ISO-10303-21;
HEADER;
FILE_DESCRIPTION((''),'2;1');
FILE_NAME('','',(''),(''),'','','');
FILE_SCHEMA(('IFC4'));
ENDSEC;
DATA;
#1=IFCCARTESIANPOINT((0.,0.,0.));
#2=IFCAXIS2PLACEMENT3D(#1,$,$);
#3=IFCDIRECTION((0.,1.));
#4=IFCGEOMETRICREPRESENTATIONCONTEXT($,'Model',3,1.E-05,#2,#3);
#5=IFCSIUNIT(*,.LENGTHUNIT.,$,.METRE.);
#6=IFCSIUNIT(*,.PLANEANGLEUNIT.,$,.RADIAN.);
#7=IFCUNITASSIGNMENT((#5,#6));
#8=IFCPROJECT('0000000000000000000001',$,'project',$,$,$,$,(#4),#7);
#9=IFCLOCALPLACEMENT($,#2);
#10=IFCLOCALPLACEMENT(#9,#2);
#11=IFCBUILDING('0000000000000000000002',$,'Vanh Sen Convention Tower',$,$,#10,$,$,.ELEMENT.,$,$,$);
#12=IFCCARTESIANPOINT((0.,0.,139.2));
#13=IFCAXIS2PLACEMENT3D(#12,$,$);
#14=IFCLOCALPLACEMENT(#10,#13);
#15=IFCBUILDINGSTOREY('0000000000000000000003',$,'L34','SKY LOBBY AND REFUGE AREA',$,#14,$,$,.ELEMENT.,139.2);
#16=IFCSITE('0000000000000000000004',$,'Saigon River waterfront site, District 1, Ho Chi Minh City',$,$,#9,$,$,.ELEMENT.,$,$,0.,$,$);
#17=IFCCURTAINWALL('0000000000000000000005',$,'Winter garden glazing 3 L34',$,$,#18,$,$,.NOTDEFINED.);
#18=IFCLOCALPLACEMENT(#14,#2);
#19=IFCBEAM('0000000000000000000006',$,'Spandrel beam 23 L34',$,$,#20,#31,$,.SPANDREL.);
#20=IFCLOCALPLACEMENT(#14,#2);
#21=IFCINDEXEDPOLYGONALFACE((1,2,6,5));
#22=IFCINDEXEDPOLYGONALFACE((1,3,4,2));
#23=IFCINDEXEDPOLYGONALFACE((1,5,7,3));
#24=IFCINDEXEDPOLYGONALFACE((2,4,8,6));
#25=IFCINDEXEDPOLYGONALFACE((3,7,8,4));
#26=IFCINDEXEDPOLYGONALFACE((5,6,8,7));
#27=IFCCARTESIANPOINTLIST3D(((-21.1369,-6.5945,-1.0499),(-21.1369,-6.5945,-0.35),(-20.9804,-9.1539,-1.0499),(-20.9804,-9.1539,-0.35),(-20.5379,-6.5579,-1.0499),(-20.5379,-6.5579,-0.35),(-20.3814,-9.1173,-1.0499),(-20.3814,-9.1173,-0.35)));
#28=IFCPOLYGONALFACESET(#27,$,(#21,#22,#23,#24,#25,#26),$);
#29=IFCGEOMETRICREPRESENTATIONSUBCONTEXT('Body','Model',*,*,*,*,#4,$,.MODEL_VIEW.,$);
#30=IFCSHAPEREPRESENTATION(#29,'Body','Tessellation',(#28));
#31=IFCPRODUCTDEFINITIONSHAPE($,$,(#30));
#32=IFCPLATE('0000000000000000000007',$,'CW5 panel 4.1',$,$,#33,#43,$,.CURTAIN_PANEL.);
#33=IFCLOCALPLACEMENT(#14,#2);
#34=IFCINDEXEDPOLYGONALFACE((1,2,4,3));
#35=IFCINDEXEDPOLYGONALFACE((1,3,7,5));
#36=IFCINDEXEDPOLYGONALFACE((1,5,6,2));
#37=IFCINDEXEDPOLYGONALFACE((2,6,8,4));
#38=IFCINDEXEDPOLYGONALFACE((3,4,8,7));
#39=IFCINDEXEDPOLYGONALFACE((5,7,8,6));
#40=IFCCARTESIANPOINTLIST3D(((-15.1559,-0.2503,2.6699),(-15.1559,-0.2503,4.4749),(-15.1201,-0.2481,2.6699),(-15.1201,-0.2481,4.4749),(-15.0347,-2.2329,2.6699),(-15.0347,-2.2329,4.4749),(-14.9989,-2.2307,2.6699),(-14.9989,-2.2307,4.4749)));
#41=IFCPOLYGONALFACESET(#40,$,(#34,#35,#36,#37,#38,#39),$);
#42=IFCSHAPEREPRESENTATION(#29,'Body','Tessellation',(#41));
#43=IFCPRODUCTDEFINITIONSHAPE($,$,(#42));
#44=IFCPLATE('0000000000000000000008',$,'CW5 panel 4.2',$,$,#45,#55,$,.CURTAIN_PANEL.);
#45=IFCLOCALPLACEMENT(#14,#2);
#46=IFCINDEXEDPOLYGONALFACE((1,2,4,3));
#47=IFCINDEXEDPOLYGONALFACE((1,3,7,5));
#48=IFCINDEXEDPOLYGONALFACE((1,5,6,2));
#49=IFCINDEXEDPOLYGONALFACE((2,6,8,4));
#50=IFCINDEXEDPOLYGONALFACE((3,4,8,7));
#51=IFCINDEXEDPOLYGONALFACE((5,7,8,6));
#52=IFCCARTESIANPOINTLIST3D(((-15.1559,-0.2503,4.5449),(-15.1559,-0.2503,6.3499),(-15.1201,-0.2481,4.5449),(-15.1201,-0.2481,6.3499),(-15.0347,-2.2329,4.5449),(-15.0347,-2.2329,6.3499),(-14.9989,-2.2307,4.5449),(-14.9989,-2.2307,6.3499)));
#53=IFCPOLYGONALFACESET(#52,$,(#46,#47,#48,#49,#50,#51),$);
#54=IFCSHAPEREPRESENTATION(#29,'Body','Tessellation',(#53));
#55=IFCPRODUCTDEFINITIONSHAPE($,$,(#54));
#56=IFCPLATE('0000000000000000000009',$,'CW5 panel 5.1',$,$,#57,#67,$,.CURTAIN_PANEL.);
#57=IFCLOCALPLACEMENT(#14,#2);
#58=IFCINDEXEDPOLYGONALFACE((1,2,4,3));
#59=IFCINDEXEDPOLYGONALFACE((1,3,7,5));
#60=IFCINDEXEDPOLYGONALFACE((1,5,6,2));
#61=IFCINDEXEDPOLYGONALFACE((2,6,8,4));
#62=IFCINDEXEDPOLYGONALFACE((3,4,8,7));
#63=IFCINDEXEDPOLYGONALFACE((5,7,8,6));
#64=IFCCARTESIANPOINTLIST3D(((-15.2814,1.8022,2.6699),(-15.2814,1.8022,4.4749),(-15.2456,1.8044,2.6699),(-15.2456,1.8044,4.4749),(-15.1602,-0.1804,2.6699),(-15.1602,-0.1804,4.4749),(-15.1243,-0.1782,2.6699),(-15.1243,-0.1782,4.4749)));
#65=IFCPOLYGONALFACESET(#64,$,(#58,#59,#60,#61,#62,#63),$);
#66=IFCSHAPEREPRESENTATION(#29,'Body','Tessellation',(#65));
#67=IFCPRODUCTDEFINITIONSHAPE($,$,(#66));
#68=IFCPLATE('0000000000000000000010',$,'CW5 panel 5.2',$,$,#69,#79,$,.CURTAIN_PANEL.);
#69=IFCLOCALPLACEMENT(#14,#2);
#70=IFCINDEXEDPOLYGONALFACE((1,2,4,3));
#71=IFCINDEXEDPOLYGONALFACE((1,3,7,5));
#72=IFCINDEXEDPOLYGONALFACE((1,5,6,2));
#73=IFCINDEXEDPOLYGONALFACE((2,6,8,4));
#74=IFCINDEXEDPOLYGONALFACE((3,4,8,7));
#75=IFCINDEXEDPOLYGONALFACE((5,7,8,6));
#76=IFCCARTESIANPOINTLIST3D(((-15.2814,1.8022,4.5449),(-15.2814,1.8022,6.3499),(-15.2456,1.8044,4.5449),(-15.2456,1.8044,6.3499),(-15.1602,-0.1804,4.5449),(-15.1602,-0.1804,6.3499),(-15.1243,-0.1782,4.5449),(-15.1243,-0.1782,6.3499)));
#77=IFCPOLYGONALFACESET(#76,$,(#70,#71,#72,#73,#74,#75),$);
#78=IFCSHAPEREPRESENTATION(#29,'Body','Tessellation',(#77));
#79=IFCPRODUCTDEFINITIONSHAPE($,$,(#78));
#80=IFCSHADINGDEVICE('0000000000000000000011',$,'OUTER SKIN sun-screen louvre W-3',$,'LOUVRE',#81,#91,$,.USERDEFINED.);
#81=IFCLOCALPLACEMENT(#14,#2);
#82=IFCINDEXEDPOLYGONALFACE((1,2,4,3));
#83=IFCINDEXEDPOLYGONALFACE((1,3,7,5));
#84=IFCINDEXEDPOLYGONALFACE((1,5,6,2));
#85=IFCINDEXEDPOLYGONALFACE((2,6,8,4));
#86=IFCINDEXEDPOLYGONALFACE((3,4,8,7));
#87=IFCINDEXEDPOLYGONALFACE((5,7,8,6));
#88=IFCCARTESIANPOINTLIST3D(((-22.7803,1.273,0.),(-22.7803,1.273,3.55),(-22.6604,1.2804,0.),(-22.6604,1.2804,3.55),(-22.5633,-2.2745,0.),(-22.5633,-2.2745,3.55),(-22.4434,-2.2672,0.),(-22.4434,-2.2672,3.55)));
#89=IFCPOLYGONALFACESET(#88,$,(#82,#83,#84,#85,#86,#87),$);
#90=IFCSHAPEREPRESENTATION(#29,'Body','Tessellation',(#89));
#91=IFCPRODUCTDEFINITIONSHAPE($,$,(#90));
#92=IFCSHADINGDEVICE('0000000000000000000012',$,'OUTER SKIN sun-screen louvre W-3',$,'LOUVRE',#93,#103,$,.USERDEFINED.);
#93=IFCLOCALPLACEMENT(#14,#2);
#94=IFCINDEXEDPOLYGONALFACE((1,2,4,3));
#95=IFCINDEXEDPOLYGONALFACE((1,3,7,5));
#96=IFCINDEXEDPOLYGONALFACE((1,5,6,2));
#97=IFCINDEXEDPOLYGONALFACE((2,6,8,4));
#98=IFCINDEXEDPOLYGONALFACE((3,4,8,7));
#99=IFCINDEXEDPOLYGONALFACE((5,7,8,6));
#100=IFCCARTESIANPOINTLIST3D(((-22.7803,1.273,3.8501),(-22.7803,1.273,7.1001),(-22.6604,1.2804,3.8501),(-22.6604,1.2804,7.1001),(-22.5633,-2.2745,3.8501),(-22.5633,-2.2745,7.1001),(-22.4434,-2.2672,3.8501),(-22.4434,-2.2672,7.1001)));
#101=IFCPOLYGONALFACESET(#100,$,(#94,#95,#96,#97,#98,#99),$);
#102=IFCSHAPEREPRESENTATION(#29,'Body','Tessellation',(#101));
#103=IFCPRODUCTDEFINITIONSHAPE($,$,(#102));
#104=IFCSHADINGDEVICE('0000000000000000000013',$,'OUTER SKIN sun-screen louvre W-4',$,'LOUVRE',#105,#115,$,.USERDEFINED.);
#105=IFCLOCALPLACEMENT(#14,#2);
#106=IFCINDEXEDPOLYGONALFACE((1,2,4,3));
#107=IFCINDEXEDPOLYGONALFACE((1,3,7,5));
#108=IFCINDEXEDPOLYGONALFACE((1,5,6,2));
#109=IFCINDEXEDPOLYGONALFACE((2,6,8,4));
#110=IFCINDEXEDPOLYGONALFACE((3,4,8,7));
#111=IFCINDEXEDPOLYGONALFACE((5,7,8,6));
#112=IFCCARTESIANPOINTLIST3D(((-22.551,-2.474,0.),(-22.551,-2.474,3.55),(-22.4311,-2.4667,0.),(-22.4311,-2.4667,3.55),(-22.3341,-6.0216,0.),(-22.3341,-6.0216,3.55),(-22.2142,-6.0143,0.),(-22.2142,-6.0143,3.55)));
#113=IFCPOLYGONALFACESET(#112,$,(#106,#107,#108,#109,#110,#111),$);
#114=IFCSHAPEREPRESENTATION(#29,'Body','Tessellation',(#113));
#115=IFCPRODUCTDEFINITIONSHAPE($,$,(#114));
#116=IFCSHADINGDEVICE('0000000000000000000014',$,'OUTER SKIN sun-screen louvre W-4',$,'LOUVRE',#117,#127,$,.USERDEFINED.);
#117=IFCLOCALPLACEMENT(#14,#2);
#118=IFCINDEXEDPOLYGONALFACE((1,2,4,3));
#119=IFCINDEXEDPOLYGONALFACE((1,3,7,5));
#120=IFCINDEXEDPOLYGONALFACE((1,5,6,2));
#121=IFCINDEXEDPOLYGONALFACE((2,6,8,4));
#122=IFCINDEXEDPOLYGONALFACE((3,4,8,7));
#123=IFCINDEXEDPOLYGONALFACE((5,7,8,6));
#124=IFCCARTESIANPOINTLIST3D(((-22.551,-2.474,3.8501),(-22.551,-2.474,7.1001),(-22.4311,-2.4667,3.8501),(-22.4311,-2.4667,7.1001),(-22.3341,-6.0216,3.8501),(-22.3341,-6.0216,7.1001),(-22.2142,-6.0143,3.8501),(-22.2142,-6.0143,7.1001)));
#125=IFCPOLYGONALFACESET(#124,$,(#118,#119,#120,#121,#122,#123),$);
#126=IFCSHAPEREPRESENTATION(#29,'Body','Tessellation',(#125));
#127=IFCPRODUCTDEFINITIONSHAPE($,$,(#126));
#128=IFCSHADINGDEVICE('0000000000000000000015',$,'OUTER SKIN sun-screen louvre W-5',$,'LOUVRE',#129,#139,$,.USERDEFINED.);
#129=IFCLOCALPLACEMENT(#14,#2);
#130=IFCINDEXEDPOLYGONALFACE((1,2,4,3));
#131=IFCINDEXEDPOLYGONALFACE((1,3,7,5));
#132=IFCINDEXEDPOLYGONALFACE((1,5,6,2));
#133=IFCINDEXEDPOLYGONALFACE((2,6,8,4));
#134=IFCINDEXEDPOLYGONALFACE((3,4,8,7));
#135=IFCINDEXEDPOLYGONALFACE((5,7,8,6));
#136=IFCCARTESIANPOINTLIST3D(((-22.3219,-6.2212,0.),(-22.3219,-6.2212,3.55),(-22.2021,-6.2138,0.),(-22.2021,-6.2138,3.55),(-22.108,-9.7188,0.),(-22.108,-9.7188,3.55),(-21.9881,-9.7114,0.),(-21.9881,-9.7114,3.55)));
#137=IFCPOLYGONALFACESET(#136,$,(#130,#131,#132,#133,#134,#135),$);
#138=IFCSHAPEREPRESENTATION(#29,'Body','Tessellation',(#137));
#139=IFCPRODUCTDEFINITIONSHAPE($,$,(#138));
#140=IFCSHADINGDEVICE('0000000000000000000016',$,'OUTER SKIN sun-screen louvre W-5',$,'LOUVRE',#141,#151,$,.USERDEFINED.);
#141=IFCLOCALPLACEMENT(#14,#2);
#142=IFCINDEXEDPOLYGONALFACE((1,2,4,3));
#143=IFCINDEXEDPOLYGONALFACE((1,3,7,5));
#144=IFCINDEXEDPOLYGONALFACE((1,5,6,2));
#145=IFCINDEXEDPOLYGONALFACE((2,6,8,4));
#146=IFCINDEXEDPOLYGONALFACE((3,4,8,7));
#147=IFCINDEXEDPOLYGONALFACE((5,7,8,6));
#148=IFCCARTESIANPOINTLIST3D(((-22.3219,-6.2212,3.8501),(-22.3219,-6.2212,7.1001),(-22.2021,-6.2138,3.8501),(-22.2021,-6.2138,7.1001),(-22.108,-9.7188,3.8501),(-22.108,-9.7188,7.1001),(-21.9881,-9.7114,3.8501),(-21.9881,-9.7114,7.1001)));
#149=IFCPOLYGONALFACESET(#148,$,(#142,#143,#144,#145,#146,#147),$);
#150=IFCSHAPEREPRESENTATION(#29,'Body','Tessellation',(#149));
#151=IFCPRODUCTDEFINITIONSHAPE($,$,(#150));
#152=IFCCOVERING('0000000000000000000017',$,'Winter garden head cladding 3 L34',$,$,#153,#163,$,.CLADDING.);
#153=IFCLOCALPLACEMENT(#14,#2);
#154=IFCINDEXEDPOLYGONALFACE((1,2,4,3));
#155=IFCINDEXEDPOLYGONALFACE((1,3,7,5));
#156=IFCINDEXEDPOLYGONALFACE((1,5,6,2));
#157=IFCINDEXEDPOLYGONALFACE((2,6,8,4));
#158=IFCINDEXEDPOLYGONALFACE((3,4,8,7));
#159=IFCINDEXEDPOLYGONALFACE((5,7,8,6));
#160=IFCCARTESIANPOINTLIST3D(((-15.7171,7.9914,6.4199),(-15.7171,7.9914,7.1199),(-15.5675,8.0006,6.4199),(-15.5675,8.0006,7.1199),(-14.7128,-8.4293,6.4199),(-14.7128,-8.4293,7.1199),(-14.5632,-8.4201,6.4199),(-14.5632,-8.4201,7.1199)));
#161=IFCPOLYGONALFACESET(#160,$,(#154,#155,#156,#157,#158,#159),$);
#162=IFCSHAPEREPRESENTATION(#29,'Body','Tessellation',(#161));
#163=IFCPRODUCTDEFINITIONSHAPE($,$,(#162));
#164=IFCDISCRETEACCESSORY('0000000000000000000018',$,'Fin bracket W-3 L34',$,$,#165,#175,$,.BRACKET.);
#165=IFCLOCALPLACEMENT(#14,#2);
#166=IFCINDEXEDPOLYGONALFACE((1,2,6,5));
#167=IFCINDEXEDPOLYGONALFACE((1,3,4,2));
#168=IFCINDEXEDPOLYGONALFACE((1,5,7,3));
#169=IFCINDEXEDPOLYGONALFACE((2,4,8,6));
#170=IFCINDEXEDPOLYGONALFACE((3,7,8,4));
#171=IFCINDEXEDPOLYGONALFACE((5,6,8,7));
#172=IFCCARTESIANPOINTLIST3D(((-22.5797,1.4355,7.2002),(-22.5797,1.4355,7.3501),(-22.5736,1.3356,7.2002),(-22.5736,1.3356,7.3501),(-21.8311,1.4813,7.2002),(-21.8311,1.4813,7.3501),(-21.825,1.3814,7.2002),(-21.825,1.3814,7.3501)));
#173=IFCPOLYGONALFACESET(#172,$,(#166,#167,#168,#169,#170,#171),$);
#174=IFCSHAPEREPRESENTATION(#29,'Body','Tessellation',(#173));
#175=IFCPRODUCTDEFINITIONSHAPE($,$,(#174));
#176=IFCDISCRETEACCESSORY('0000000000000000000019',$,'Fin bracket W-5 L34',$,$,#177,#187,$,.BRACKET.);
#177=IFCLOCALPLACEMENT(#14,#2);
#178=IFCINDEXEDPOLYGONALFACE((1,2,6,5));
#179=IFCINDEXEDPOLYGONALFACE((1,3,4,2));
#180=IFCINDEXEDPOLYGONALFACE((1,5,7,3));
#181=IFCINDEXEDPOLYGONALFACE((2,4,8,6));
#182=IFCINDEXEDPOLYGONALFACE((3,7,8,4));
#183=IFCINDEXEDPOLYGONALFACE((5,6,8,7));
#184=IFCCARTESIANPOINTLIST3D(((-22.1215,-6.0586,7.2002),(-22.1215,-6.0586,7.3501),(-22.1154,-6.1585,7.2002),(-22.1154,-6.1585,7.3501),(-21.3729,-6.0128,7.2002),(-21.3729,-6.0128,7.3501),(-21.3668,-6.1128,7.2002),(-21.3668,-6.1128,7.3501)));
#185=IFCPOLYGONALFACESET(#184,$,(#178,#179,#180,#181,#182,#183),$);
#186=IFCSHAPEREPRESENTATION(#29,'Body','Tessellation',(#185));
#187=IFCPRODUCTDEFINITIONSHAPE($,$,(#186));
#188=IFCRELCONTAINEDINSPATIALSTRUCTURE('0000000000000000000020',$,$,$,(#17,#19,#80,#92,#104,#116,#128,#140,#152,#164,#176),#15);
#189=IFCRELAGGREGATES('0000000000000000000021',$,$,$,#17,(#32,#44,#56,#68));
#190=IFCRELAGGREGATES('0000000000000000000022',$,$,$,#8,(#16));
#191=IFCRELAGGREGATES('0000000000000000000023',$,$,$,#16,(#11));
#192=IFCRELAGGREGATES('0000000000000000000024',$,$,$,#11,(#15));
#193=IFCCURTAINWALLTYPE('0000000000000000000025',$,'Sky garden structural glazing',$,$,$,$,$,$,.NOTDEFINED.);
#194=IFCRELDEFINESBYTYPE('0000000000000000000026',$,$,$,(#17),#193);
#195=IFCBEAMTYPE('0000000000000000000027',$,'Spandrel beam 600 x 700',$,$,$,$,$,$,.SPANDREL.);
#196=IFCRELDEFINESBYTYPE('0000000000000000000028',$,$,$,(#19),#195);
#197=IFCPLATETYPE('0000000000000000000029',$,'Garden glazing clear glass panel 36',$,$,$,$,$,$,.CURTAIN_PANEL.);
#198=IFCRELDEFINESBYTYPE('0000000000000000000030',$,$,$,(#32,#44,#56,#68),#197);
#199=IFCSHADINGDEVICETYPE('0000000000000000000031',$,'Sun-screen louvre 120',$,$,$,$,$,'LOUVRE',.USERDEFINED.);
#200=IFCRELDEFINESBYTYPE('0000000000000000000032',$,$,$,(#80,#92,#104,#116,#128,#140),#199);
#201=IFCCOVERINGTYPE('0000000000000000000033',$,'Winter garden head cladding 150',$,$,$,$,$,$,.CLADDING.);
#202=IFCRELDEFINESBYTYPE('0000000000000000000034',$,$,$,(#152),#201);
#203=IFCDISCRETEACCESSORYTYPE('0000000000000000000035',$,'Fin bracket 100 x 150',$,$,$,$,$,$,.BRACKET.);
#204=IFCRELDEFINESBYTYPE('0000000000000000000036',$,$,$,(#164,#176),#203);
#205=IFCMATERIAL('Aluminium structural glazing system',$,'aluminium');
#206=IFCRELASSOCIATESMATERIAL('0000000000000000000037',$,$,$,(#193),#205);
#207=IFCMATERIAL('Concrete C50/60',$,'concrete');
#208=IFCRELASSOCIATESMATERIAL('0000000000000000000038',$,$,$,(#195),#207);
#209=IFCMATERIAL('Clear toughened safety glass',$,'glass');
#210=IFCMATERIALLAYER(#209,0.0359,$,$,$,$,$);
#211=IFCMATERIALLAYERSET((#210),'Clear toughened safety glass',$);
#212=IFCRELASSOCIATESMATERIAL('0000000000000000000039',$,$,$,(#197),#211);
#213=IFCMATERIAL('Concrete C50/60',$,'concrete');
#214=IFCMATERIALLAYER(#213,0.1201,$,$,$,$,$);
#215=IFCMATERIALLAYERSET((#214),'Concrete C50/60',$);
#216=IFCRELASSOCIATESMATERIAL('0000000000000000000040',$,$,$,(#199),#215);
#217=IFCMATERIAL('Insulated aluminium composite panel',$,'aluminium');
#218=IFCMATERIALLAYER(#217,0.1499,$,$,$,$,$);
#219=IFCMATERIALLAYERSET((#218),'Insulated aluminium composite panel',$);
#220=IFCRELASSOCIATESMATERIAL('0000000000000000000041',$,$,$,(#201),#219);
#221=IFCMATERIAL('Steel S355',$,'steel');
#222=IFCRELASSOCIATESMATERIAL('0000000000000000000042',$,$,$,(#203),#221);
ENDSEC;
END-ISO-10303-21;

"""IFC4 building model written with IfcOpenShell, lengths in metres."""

from ifc_helpers import new_model, si_unit, direction, frame, origin, origin_2d, place, context, subcontext, project, spatial, rectangle, extrude, material, layer, layer_set, material_profile, profile_set, type_object, element, aggregate, save


model = new_model("IFC4")

# Units and contexts
model_context = context("Model", 3, precision=1e-05, world=origin(), true_north=direction((0.0, 1.0)))
body_context = subcontext(model_context, "Body", "Model", "MODEL_VIEW")
ifc_project = project(units=[si_unit("LENGTHUNIT", "METRE"), si_unit("PLANEANGLEUNIT", "RADIAN")], contexts=[model_context])

# Site, building, storey
site_placement = place(None, origin())
site = spatial("IfcSite", under=ifc_project, at=site_placement, Name="Saigon River waterfront site, District 1, Ho Chi Minh City", CompositionType="ELEMENT", RefElevation=0.0)
building_placement = place(site_placement, origin())
building = spatial("IfcBuilding", under=site, at=building_placement, Name="Vanh Sen Convention Tower", CompositionType="ELEMENT")
storey_placement = place(building_placement, frame((0.0, 0.0, 139.2)))
storey = spatial("IfcBuildingStorey", under=building, at=storey_placement, Name="L34", Description="SKY LOBBY AND REFUGE AREA", CompositionType="ELEMENT", Elevation=139.2)

# Curtain wall
ifc_material_1 = material(Name="Aluminium structural glazing system", Category="aluminium")
curtain_wall_type_1 = type_object("IfcCurtainWallType", Name="Sky garden structural glazing", PredefinedType="NOTDEFINED", material=ifc_material_1)
curtain_wall_1_placement = place(storey_placement, origin())
curtain_wall_1 = element("IfcCurtainWall", 1, at=curtain_wall_1_placement, inside=storey, type_object=curtain_wall_type_1, Name="Winter garden glazing 3 L34", PredefinedType="NOTDEFINED")

# Beam
ifc_material_2 = material(Name="Concrete C50/60", Category="concrete")
ifc_material_profile_1 = material_profile(ifc_material_2, rectangle(XDim=0.6001, YDim=0.7, at=origin_2d()), Name="RC 600X700")
ifc_profile_set_1 = profile_set([ifc_material_profile_1], Name="Concrete C50/60")
beam_type_1 = type_object("IfcBeamType", Name="Spandrel beam 600 x 700", PredefinedType="SPANDREL", material=ifc_profile_set_1)
beam_1_placement = place(storey_placement, frame((-20.8374, -6.5762, -0.7), z_axis=(0.061033, -0.998136, 0.0), x_axis=(0.998136, 0.061033, 0.0)))
element("IfcBeam", 2, at=beam_1_placement, inside=storey, type_object=beam_type_1, Name="Spandrel beam 23 L34", PredefinedType="SPANDREL", context=body_context, shape_type="SweptSolid", body=[
    extrude(rectangle(XDim=0.6001, YDim=0.7, at=origin_2d()), origin(), (0.0, 0.0, 1.0), 2.5642),
])

# Plates
ifc_material_3 = material(Name="Clear toughened safety glass", Category="glass")
ifc_layer_1 = layer(ifc_material_3, 0.0359)
ifc_layer_set_1 = layer_set([ifc_layer_1], Name="Clear toughened safety glass")
plate_type = type_object("IfcPlateType", Name="Garden glazing clear glass panel 36", PredefinedType="CURTAIN_PANEL", material=ifc_layer_set_1)
plate_1_placement = place(storey_placement, frame((-15.0774, -1.2405, 2.6699), z_axis=(0.0, 0.0, 1.0), x_axis=(-0.061047, 0.998135, 0.0)))
plate_1 = element("IfcPlate", 3, at=plate_1_placement, type_object=plate_type, Name="CW5 panel 4.1", PredefinedType="CURTAIN_PANEL", context=body_context, shape_type="SweptSolid", body=[
    extrude(rectangle(XDim=1.9863, YDim=0.0359, at=origin_2d()), origin(), (0.0, 0.0, 1.0), 1.8049),
])
plate_2_placement = place(storey_placement, frame((-15.0774, -1.2405, 4.5449), z_axis=(0.0, 0.0, 1.0), x_axis=(-0.061047, 0.998135, 0.0)))
plate_2 = element("IfcPlate", 4, at=plate_2_placement, type_object=plate_type, Name="CW5 panel 4.2", PredefinedType="CURTAIN_PANEL", context=body_context, shape_type="SweptSolid", body=[
    extrude(rectangle(XDim=1.9863, YDim=0.0359, at=origin_2d()), origin(), (0.0, 0.0, 1.0), 1.8049),
])
plate_3_placement = place(storey_placement, frame((-15.2029, 0.812, 2.6699), z_axis=(0.0, 0.0, 1.0), x_axis=(-0.061047, 0.998135, 0.0)))
plate_3 = element("IfcPlate", 5, at=plate_3_placement, type_object=plate_type, Name="CW5 panel 5.1", PredefinedType="CURTAIN_PANEL", context=body_context, shape_type="SweptSolid", body=[
    extrude(rectangle(XDim=1.9863, YDim=0.0359, at=origin_2d()), origin(), (0.0, 0.0, 1.0), 1.8049),
])
plate_4_placement = place(storey_placement, frame((-15.2029, 0.812, 4.5449), z_axis=(0.0, 0.0, 1.0), x_axis=(-0.061047, 0.998135, 0.0)))
plate_4 = element("IfcPlate", 6, at=plate_4_placement, type_object=plate_type, Name="CW5 panel 5.2", PredefinedType="CURTAIN_PANEL", context=body_context, shape_type="SweptSolid", body=[
    extrude(rectangle(XDim=1.9863, YDim=0.0359, at=origin_2d()), origin(), (0.0, 0.0, 1.0), 1.8049),
])
aggregate(curtain_wall_1, [plate_1, plate_2, plate_3, plate_4])

# Shading devices
ifc_material_4 = material(Name="Concrete C50/60", Category="concrete")
ifc_layer_2 = layer(ifc_material_4, 0.1201)
ifc_layer_set_2 = layer_set([ifc_layer_2], Name="Concrete C50/60")
shading_device_type = type_object("IfcShadingDeviceType", Name="Sun-screen louvre 120", ElementType="LOUVRE", PredefinedType="USERDEFINED", material=ifc_layer_set_2)
shading_device_1_placement = place(storey_placement, frame((-22.6118, -0.4971, 0.0), z_axis=(0.0, 0.0, 1.0), x_axis=(0.061054, -0.998134, 0.0)))
element("IfcShadingDevice", 7, at=shading_device_1_placement, inside=storey, type_object=shading_device_type, Name="OUTER SKIN sun-screen louvre W-3", ObjectType="LOUVRE", PredefinedType="USERDEFINED", context=body_context, shape_type="SweptSolid", body=[
    extrude(rectangle(XDim=3.5542, YDim=0.1201, at=origin_2d()), origin(), (0.0, 0.0, 1.0), 3.55),
])
shading_device_2_placement = place(storey_placement, frame((-22.6118, -0.4971, 3.8501), z_axis=(0.0, 0.0, 1.0), x_axis=(0.061054, -0.998134, 0.0)))
element("IfcShadingDevice", 8, at=shading_device_2_placement, inside=storey, type_object=shading_device_type, Name="OUTER SKIN sun-screen louvre W-3", ObjectType="LOUVRE", PredefinedType="USERDEFINED", context=body_context, shape_type="SweptSolid", body=[
    extrude(rectangle(XDim=3.5542, YDim=0.1201, at=origin_2d()), origin(), (0.0, 0.0, 1.0), 3.25),
])
shading_device_3_placement = place(storey_placement, frame((-22.3826, -4.2441, 0.0), z_axis=(0.0, 0.0, 1.0), x_axis=(0.061026, -0.998136, 0.0)))
element("IfcShadingDevice", 9, at=shading_device_3_placement, inside=storey, type_object=shading_device_type, Name="OUTER SKIN sun-screen louvre W-4", ObjectType="LOUVRE", PredefinedType="USERDEFINED", context=body_context, shape_type="SweptSolid", body=[
    extrude(rectangle(XDim=3.5542, YDim=0.1201, at=origin_2d()), origin(), (0.0, 0.0, 1.0), 3.55),
])
shading_device_4_placement = place(storey_placement, frame((-22.3826, -4.2441, 3.8501), z_axis=(0.0, 0.0, 1.0), x_axis=(0.061026, -0.998136, 0.0)))
element("IfcShadingDevice", 10, at=shading_device_4_placement, inside=storey, type_object=shading_device_type, Name="OUTER SKIN sun-screen louvre W-4", ObjectType="LOUVRE", PredefinedType="USERDEFINED", context=body_context, shape_type="SweptSolid", body=[
    extrude(rectangle(XDim=3.5542, YDim=0.1201, at=origin_2d()), origin(), (0.0, 0.0, 1.0), 3.25),
])
shading_device_5_placement = place(storey_placement, frame((-22.155, -7.9663, 0.0), z_axis=(0.0, 0.0, 1.0), x_axis=(0.061054, -0.998134, 0.0)))
element("IfcShadingDevice", 11, at=shading_device_5_placement, inside=storey, type_object=shading_device_type, Name="OUTER SKIN sun-screen louvre W-5", ObjectType="LOUVRE", PredefinedType="USERDEFINED", context=body_context, shape_type="SweptSolid", body=[
    extrude(rectangle(XDim=3.5042, YDim=0.1201, at=origin_2d()), origin(), (0.0, 0.0, 1.0), 3.55),
])
shading_device_6_placement = place(storey_placement, frame((-22.155, -7.9663, 3.8501), z_axis=(0.0, 0.0, 1.0), x_axis=(0.061054, -0.998134, 0.0)))
element("IfcShadingDevice", 12, at=shading_device_6_placement, inside=storey, type_object=shading_device_type, Name="OUTER SKIN sun-screen louvre W-5", ObjectType="LOUVRE", PredefinedType="USERDEFINED", context=body_context, shape_type="SweptSolid", body=[
    extrude(rectangle(XDim=3.5042, YDim=0.1201, at=origin_2d()), origin(), (0.0, 0.0, 1.0), 3.25),
])

# Covering
ifc_material_5 = material(Name="Insulated aluminium composite panel", Category="aluminium")
ifc_layer_3 = layer(ifc_material_5, 0.1499)
ifc_layer_set_3 = layer_set([ifc_layer_3], Name="Insulated aluminium composite panel")
covering_type = type_object("IfcCoveringType", Name="Winter garden head cladding 150", PredefinedType="CLADDING", material=ifc_layer_set_3)
covering_placement = place(storey_placement, frame((-15.1401, -0.2144, 6.4199), z_axis=(0.0, 0.0, 1.0), x_axis=(-0.061045, 0.998135, 0.0)))
element("IfcCovering", 13, at=covering_placement, inside=storey, type_object=covering_type, Name="Winter garden head cladding 3 L34", PredefinedType="CLADDING", context=body_context, shape_type="SweptSolid", body=[
    extrude(rectangle(XDim=16.4514, YDim=0.1499, at=origin_2d()), origin(), (0.0, 0.0, 1.0), 0.7),
])

# Discrete accessories
ifc_material_6 = material(Name="Steel S355", Category="steel")
discrete_accessory_type = type_object("IfcDiscreteAccessoryType", Name="Fin bracket 100 x 150", PredefinedType="BRACKET", material=ifc_material_6)
for number, where, z_axis, x_axis, name in (
    (14, (-22.2024, 1.4084, 7.2002), (0.0, 0.0, 1.0), (-0.998135, -0.061049, 0.0), "Fin bracket W-3 L34"),
    (15, (-21.7441, -6.0857, 7.2002), (0.0, 0.0, 1.0), (-0.998135, -0.061049, 0.0), "Fin bracket W-5 L34"),
):
    element("IfcDiscreteAccessory", number, at=place(storey_placement, frame(where, z_axis=z_axis, x_axis=x_axis)), inside=storey, type_object=discrete_accessory_type, Name=name, PredefinedType="BRACKET", context=body_context, shape_type="SweptSolid", body=[
        extrude(rectangle(XDim=0.75, YDim=0.1001, at=origin_2d()), origin(), (0.0, 0.0, 1.0), 0.1499),
    ])

save(model, "model.ifc")
